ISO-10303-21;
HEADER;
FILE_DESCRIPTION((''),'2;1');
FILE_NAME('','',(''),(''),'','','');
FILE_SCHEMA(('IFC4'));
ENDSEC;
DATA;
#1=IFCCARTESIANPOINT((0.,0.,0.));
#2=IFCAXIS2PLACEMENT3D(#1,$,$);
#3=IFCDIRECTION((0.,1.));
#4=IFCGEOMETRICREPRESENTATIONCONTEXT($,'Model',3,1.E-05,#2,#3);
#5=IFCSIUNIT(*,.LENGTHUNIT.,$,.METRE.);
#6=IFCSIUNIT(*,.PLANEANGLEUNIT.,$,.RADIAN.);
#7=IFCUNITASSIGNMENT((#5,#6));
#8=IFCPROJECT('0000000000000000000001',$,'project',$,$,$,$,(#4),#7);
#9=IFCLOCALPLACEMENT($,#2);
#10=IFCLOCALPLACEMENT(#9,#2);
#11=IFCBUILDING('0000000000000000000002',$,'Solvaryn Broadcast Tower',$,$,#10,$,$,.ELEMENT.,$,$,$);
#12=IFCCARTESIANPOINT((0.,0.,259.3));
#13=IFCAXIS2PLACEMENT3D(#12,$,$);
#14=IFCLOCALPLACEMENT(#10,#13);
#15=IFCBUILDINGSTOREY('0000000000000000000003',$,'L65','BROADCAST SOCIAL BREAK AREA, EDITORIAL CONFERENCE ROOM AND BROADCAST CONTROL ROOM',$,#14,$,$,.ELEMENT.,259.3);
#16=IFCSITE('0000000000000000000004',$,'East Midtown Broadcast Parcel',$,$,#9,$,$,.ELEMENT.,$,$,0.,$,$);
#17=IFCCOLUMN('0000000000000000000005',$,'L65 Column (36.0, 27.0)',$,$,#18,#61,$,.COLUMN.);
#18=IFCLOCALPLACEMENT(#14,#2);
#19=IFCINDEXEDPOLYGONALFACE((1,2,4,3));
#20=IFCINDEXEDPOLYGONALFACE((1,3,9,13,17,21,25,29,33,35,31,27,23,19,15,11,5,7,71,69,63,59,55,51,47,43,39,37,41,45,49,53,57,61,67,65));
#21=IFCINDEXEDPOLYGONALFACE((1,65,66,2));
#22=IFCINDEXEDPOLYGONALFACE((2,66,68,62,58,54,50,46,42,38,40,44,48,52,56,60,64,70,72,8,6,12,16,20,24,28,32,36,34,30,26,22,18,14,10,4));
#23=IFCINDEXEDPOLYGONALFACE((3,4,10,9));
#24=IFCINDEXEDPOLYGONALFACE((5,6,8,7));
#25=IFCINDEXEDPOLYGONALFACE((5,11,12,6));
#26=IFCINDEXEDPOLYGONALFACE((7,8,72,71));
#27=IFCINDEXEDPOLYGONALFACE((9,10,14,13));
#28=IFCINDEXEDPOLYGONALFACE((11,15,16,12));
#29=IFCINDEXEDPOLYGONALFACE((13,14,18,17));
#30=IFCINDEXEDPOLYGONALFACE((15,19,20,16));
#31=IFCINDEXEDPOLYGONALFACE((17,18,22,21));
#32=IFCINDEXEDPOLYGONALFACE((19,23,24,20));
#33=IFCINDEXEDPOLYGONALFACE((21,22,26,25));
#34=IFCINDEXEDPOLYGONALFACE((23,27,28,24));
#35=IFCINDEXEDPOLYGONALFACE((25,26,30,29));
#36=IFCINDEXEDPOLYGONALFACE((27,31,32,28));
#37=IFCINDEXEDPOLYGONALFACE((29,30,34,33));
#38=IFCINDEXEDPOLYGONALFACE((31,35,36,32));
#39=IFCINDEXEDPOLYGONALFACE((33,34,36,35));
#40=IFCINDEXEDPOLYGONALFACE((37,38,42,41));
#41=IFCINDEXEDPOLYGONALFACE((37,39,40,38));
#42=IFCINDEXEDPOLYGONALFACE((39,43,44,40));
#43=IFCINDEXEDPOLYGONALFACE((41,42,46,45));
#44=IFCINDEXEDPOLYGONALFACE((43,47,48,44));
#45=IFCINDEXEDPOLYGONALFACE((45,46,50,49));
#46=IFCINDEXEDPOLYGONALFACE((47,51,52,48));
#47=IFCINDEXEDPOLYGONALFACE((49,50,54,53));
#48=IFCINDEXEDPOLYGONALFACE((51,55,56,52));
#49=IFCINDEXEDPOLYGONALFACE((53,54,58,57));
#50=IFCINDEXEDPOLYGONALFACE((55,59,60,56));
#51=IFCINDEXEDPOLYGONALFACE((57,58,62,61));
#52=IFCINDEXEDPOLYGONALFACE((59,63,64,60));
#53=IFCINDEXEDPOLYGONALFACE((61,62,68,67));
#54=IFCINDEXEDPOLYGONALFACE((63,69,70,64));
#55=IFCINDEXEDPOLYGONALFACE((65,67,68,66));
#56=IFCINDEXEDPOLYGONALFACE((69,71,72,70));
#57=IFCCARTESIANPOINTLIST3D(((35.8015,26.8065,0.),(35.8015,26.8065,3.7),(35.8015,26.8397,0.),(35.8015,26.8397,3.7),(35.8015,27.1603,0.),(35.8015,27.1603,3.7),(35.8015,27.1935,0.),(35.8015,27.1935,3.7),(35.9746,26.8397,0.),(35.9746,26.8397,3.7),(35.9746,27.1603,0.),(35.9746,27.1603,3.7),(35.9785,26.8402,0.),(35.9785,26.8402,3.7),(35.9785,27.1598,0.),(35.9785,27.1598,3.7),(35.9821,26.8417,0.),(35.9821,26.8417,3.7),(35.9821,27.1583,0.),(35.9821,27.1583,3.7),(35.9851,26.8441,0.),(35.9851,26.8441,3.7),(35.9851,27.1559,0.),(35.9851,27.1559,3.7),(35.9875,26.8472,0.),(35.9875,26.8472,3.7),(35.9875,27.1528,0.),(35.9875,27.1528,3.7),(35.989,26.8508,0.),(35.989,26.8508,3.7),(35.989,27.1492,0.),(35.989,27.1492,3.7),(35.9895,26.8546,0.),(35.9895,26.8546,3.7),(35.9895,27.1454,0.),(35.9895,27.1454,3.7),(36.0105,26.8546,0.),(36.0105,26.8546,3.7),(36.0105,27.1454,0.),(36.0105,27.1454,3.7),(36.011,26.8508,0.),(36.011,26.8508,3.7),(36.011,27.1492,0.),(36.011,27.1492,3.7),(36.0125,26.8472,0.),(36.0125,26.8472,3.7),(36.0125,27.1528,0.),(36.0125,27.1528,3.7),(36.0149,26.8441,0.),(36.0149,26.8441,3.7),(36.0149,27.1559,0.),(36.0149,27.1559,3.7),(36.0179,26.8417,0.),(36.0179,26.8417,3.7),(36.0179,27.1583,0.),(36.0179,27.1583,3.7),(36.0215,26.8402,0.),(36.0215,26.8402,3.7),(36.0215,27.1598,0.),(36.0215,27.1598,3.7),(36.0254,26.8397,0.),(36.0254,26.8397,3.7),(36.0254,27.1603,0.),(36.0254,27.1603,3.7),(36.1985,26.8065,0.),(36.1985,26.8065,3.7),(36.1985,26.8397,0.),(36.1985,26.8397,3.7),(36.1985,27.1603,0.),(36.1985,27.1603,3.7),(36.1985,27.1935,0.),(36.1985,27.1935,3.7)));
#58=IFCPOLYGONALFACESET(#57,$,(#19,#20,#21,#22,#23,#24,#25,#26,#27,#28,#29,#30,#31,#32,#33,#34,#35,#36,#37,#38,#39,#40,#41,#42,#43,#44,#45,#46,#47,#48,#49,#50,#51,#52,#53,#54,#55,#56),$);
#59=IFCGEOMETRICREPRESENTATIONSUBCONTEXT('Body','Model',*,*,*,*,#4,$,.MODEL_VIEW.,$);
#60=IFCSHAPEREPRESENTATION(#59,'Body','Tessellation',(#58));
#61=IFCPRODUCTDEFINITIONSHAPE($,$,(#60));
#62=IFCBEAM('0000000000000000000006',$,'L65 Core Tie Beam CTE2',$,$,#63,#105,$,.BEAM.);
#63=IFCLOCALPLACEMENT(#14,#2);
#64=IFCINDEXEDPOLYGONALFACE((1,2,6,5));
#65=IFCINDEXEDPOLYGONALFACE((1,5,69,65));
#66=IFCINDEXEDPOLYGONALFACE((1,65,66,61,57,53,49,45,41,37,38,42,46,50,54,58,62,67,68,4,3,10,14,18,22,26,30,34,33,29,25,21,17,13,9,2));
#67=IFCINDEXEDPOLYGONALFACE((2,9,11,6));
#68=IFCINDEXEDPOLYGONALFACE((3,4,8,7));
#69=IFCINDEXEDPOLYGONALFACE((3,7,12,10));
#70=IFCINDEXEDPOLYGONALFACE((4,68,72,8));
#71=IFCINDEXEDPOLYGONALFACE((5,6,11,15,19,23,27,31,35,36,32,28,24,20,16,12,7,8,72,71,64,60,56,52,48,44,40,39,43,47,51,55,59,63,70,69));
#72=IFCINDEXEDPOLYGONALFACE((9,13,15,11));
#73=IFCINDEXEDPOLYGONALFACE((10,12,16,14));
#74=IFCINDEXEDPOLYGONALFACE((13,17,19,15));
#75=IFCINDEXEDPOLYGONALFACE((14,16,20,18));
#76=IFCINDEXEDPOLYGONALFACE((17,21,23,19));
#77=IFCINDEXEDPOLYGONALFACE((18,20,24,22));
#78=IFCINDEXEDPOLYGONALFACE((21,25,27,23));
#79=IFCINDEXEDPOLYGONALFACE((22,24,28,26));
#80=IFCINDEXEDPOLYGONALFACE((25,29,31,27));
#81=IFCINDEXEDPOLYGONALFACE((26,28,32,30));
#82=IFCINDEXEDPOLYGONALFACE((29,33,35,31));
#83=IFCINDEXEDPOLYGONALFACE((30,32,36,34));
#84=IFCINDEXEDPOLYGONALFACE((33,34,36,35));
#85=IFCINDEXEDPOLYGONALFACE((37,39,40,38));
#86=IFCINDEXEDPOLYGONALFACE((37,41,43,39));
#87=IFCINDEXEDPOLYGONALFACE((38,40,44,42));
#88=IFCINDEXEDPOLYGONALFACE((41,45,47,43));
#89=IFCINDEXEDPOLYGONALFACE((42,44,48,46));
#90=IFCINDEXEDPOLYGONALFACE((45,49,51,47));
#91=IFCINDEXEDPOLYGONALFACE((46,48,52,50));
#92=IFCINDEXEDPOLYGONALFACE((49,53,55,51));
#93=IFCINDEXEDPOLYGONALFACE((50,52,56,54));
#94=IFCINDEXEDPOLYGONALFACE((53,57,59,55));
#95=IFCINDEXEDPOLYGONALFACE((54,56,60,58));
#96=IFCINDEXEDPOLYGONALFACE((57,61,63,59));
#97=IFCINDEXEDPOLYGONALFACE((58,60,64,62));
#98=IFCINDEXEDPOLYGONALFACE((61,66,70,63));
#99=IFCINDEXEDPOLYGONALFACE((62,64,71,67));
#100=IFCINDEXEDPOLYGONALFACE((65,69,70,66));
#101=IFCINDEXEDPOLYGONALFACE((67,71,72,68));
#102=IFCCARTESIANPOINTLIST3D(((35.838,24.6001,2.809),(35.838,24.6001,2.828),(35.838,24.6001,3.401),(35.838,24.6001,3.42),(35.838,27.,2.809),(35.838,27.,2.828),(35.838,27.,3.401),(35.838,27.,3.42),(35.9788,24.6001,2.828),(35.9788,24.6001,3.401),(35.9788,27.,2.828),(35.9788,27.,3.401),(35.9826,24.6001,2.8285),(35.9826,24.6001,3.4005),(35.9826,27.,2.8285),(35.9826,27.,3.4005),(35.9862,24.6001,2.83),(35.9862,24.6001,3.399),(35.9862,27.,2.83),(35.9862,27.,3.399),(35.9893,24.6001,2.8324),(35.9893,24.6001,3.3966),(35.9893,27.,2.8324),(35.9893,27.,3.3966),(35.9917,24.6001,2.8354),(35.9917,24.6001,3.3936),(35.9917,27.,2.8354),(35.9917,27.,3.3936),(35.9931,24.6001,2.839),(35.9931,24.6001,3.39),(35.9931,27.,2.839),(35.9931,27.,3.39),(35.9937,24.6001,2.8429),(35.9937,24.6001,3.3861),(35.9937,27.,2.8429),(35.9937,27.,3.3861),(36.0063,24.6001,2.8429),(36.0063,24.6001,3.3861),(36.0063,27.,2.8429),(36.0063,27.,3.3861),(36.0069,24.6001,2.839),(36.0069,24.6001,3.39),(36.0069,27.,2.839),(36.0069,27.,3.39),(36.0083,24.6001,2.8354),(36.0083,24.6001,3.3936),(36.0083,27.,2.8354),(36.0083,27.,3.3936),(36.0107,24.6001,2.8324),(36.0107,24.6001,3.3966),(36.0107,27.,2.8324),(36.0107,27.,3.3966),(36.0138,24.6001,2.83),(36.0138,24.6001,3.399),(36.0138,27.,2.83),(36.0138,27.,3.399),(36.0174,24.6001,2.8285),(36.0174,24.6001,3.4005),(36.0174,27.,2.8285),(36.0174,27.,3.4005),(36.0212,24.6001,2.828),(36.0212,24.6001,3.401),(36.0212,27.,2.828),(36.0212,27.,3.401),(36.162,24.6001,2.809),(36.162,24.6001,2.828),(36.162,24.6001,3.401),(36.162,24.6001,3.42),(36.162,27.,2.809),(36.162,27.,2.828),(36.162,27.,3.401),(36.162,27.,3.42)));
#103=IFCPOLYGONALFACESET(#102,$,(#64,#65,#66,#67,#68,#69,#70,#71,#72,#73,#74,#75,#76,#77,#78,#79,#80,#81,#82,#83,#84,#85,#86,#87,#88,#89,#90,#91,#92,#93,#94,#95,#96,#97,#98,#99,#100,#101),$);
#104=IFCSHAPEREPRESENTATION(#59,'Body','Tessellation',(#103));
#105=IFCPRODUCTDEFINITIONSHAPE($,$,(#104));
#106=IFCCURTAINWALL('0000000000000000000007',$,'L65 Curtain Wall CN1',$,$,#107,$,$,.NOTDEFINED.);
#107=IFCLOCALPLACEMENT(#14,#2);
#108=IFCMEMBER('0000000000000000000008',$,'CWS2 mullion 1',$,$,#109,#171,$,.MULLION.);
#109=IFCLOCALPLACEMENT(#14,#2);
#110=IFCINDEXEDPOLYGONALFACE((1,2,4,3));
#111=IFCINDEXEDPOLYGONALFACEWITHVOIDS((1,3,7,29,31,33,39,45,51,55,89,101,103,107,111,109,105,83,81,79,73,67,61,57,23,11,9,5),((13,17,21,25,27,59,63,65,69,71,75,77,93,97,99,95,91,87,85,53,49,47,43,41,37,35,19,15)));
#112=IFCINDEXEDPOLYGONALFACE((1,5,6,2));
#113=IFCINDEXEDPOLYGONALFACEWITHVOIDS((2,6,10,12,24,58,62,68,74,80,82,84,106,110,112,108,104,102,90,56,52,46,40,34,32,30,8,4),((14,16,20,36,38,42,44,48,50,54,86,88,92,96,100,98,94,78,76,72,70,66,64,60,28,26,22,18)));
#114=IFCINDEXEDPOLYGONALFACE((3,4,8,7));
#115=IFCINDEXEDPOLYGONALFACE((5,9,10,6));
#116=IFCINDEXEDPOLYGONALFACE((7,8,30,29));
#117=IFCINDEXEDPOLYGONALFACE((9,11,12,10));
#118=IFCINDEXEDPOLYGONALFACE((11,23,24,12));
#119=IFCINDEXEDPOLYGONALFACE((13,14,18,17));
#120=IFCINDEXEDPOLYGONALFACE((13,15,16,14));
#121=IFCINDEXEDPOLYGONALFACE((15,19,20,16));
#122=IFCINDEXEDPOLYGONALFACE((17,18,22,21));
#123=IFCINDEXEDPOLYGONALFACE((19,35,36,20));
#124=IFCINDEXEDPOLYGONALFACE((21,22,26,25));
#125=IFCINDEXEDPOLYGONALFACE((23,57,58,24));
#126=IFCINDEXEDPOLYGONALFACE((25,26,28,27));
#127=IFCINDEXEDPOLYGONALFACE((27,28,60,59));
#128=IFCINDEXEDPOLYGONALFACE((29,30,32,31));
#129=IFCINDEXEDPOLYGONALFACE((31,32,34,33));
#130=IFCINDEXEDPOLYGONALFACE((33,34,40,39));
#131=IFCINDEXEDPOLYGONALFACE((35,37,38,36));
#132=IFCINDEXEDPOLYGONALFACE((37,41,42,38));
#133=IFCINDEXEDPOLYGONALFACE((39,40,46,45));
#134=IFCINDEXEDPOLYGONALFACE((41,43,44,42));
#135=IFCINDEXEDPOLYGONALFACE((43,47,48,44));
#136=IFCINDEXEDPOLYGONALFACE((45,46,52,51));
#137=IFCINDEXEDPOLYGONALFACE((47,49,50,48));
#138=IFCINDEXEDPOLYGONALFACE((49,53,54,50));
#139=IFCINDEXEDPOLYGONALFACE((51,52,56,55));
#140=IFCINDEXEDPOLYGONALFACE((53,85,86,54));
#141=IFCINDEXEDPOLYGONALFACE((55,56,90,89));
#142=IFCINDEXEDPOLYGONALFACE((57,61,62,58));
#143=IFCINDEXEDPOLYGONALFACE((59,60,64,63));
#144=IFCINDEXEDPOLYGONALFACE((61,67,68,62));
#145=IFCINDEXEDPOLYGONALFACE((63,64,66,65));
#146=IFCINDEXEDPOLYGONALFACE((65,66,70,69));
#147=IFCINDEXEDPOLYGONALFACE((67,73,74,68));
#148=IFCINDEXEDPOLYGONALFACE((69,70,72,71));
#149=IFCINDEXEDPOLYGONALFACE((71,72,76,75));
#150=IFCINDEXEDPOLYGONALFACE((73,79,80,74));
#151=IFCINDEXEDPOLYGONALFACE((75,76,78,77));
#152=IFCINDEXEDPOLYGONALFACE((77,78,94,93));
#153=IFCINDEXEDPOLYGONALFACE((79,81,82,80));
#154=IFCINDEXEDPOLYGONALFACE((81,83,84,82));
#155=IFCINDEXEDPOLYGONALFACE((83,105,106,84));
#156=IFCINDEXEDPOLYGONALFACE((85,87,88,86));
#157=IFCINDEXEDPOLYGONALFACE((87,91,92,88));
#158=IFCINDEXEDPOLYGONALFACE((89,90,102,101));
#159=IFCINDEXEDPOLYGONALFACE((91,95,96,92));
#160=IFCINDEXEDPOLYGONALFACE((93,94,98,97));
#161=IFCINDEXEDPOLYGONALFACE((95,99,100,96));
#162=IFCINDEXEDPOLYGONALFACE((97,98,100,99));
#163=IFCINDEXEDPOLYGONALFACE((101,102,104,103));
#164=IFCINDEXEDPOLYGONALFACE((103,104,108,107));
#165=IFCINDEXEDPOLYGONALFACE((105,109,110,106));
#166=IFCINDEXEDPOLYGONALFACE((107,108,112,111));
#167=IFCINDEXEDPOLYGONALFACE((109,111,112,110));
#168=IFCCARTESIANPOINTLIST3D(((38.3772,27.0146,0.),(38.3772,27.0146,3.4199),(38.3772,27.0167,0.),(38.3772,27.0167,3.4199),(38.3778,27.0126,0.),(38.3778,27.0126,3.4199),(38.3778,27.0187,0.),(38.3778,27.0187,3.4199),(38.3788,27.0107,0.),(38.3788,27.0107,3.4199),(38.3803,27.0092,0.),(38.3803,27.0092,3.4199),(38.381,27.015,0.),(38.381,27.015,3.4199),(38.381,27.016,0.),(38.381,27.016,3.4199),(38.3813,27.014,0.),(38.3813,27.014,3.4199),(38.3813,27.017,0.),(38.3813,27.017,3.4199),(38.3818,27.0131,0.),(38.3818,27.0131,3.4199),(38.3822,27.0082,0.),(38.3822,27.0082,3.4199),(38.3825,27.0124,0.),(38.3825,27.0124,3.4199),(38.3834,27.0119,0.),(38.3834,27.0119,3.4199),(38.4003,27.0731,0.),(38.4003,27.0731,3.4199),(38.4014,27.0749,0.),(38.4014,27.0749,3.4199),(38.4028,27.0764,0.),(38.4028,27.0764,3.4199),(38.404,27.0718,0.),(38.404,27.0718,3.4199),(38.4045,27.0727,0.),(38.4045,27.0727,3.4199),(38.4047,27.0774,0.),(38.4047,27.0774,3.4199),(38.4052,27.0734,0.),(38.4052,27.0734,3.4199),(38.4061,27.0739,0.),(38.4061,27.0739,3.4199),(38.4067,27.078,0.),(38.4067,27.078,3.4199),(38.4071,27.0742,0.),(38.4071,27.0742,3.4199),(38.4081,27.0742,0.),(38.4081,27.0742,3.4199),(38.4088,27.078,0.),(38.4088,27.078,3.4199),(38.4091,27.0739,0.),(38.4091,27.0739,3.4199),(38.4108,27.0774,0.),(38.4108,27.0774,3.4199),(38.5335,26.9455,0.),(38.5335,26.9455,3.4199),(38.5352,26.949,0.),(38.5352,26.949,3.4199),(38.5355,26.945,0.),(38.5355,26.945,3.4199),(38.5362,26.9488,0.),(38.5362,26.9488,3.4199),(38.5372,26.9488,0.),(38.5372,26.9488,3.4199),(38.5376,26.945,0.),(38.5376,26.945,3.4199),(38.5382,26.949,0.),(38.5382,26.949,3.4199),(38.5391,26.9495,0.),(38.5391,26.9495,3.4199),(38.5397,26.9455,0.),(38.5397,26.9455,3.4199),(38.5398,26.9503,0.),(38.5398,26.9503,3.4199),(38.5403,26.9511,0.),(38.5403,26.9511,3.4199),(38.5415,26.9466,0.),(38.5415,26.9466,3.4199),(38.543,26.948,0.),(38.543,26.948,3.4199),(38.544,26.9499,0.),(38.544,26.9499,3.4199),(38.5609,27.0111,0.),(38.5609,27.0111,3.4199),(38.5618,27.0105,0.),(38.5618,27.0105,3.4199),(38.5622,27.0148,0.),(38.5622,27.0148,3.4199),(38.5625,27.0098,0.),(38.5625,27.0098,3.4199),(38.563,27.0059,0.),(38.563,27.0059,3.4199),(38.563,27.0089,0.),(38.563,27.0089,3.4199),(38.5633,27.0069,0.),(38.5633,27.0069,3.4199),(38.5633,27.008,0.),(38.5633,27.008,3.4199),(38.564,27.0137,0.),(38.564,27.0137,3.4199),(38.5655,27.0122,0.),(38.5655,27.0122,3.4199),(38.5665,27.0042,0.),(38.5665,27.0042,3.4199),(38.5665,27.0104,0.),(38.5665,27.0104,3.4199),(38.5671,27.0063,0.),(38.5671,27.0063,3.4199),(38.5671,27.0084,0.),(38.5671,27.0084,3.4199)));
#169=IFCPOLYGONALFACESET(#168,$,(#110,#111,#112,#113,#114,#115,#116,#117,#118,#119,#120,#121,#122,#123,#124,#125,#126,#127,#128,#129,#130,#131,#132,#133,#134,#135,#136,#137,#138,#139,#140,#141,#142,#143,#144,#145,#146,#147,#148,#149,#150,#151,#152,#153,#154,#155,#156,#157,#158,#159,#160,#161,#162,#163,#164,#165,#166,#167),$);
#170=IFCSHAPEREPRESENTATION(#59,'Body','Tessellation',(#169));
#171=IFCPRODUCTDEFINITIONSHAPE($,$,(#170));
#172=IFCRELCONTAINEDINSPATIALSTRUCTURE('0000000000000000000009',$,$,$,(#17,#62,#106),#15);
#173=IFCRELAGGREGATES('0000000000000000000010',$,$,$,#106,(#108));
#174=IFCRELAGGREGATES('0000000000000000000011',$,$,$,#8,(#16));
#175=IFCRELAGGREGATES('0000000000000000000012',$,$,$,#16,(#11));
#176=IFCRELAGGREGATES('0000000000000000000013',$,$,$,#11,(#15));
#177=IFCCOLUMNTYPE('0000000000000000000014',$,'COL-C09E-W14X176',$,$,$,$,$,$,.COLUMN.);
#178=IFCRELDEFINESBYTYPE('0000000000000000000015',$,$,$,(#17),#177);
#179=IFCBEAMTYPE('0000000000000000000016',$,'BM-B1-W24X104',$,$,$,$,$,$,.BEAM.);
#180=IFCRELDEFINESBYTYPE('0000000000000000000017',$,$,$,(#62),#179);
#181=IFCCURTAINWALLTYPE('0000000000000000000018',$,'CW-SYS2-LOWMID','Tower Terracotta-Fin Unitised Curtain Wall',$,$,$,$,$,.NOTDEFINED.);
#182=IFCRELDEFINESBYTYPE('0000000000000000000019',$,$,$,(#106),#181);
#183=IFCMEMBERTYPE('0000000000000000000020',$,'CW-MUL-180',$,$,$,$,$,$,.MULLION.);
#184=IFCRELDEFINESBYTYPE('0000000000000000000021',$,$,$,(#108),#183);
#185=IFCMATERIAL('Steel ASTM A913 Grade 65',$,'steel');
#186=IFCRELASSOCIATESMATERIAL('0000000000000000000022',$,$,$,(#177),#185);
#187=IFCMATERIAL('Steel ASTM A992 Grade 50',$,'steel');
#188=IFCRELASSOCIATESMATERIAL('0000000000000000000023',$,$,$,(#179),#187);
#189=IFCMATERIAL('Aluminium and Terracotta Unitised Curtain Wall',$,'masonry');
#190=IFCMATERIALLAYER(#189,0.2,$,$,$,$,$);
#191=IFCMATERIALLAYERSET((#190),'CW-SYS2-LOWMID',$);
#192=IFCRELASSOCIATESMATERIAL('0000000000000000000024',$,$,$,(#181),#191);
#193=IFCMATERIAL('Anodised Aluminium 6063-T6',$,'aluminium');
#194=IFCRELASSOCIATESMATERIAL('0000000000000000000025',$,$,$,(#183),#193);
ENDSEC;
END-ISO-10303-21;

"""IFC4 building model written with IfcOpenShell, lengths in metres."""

from ifc_helpers import new_model, si_unit, direction, frame, origin, origin_2d, place, context, subcontext, project, spatial, hollow_rectangle, i_section, extrude, material, layer, layer_set, material_profile, profile_set, type_object, element, aggregate, save


model = new_model("IFC4")

# Units and contexts
model_context = context("Model", 3, precision=1e-05, world=origin(), true_north=direction((0.0, 1.0)))
body_context = subcontext(model_context, "Body", "Model", "MODEL_VIEW")
ifc_project = project(units=[si_unit("LENGTHUNIT", "METRE"), si_unit("PLANEANGLEUNIT", "RADIAN")], contexts=[model_context])

# Site, building, storey
site_placement = place(None, origin())
site = spatial("IfcSite", under=ifc_project, at=site_placement, Name="East Midtown Broadcast Parcel", CompositionType="ELEMENT", RefElevation=0.0)
building_placement = place(site_placement, origin())
building = spatial("IfcBuilding", under=site, at=building_placement, Name="Solvaryn Broadcast Tower", CompositionType="ELEMENT")
storey_placement = place(building_placement, frame((0.0, 0.0, 259.3)))
storey = spatial("IfcBuildingStorey", under=building, at=storey_placement, Name="L65", Description="BROADCAST SOCIAL BREAK AREA, EDITORIAL CONFERENCE ROOM AND BROADCAST CONTROL ROOM", CompositionType="ELEMENT", Elevation=259.3)

# Column
ifc_material_1 = material(Name="Steel ASTM A913 Grade 65", Category="steel")
ifc_material_profile_1 = material_profile(ifc_material_1, i_section(OverallWidth=0.397, OverallDepth=0.387, WebThickness=0.021, FlangeThickness=0.0332, FilletRadius=0.0149, at=origin_2d()))
ifc_profile_set_1 = profile_set([ifc_material_profile_1], Name="Steel ASTM A913 Grade 65")
column_type = type_object("IfcColumnType", Name="COL-C09E-W14X176", PredefinedType="COLUMN", material=ifc_profile_set_1)
column_placement = place(storey_placement, frame((36.0, 27.0, 0.0), z_axis=(0.0, 0.0, 1.0), x_axis=(1.0, 0.0, 0.0)))
element("IfcColumn", 1, at=column_placement, inside=storey, type_object=column_type, Name="L65 Column (36.0, 27.0)", PredefinedType="COLUMN", context=body_context, shape_type="SweptSolid", body=[
    extrude(i_section(OverallWidth=0.397, OverallDepth=0.387, WebThickness=0.021, FlangeThickness=0.0332, FilletRadius=0.0149, at=origin_2d()), origin(), (0.0, 0.0, 1.0), 3.7),
])

# Beam
ifc_material_2 = material(Name="Steel ASTM A992 Grade 50", Category="steel")
ifc_material_profile_2 = material_profile(ifc_material_2, i_section(OverallWidth=0.324, OverallDepth=0.6111, WebThickness=0.0127, FlangeThickness=0.019, FilletRadius=0.0149, at=origin_2d()))
ifc_profile_set_2 = profile_set([ifc_material_profile_2], Name="Steel ASTM A992 Grade 50")
beam_type = type_object("IfcBeamType", Name="BM-B1-W24X104", PredefinedType="BEAM", material=ifc_profile_set_2)
beam_placement = place(storey_placement, frame((36.0, 24.6001, 3.1145), z_axis=(0.0, 1.0, 0.0), x_axis=(-1.0, 0.0, 0.0)))
element("IfcBeam", 2, at=beam_placement, inside=storey, type_object=beam_type, Name="L65 Core Tie Beam CTE2", PredefinedType="BEAM", context=body_context, shape_type="SweptSolid", body=[
    extrude(i_section(OverallWidth=0.324, OverallDepth=0.6111, WebThickness=0.0127, FlangeThickness=0.019, FilletRadius=0.0149, at=origin_2d()), origin(), (0.0, 0.0, 1.0), 2.3999),
])

# Curtain wall, member
ifc_material_3 = material(Name="Aluminium and Terracotta Unitised Curtain Wall", Category="masonry")
ifc_layer_1 = layer(ifc_material_3, 0.2)
ifc_layer_set_1 = layer_set([ifc_layer_1], Name="CW-SYS2-LOWMID")
curtain_wall_type = type_object("IfcCurtainWallType", Name="CW-SYS2-LOWMID", Description="Tower Terracotta-Fin Unitised Curtain Wall", PredefinedType="NOTDEFINED", material=ifc_layer_set_1)
curtain_wall_1_placement = place(storey_placement, origin())
curtain_wall_1 = element("IfcCurtainWall", 3, at=curtain_wall_1_placement, inside=storey, type_object=curtain_wall_type, Name="L65 Curtain Wall CN1", PredefinedType="NOTDEFINED")
ifc_material_4 = material(Name="Anodised Aluminium 6063-T6", Category="aluminium")
ifc_material_profile_3 = material_profile(ifc_material_4, hollow_rectangle(XDim=0.075, YDim=0.1799, WallThickness=0.0039, InnerFilletRadius=0.0039, OuterFilletRadius=0.0081, at=origin_2d()))
ifc_profile_set_3 = profile_set([ifc_material_profile_3], Name="Anodised Aluminium 6063-T6")
member_type_1 = type_object("IfcMemberType", Name="CW-MUL-180", PredefinedType="MULLION", material=ifc_profile_set_3)
member_1_placement = place(storey_placement, frame((38.4722, 27.0115, 0.0), z_axis=(0.0, 0.0, 1.0), x_axis=(-0.382646, -0.923895, 0.0)))
member_1 = element("IfcMember", 4, at=member_1_placement, type_object=member_type_1, Name="CWS2 mullion 1", PredefinedType="MULLION", context=body_context, shape_type="SweptSolid", body=[
    extrude(hollow_rectangle(XDim=0.075, YDim=0.1799, WallThickness=0.0039, InnerFilletRadius=0.0039, OuterFilletRadius=0.0081, at=origin_2d()), origin(), (0.0, 0.0, 1.0), 3.4199),
])

aggregate(curtain_wall_1, [member_1])

save(model, "model.ifc")
